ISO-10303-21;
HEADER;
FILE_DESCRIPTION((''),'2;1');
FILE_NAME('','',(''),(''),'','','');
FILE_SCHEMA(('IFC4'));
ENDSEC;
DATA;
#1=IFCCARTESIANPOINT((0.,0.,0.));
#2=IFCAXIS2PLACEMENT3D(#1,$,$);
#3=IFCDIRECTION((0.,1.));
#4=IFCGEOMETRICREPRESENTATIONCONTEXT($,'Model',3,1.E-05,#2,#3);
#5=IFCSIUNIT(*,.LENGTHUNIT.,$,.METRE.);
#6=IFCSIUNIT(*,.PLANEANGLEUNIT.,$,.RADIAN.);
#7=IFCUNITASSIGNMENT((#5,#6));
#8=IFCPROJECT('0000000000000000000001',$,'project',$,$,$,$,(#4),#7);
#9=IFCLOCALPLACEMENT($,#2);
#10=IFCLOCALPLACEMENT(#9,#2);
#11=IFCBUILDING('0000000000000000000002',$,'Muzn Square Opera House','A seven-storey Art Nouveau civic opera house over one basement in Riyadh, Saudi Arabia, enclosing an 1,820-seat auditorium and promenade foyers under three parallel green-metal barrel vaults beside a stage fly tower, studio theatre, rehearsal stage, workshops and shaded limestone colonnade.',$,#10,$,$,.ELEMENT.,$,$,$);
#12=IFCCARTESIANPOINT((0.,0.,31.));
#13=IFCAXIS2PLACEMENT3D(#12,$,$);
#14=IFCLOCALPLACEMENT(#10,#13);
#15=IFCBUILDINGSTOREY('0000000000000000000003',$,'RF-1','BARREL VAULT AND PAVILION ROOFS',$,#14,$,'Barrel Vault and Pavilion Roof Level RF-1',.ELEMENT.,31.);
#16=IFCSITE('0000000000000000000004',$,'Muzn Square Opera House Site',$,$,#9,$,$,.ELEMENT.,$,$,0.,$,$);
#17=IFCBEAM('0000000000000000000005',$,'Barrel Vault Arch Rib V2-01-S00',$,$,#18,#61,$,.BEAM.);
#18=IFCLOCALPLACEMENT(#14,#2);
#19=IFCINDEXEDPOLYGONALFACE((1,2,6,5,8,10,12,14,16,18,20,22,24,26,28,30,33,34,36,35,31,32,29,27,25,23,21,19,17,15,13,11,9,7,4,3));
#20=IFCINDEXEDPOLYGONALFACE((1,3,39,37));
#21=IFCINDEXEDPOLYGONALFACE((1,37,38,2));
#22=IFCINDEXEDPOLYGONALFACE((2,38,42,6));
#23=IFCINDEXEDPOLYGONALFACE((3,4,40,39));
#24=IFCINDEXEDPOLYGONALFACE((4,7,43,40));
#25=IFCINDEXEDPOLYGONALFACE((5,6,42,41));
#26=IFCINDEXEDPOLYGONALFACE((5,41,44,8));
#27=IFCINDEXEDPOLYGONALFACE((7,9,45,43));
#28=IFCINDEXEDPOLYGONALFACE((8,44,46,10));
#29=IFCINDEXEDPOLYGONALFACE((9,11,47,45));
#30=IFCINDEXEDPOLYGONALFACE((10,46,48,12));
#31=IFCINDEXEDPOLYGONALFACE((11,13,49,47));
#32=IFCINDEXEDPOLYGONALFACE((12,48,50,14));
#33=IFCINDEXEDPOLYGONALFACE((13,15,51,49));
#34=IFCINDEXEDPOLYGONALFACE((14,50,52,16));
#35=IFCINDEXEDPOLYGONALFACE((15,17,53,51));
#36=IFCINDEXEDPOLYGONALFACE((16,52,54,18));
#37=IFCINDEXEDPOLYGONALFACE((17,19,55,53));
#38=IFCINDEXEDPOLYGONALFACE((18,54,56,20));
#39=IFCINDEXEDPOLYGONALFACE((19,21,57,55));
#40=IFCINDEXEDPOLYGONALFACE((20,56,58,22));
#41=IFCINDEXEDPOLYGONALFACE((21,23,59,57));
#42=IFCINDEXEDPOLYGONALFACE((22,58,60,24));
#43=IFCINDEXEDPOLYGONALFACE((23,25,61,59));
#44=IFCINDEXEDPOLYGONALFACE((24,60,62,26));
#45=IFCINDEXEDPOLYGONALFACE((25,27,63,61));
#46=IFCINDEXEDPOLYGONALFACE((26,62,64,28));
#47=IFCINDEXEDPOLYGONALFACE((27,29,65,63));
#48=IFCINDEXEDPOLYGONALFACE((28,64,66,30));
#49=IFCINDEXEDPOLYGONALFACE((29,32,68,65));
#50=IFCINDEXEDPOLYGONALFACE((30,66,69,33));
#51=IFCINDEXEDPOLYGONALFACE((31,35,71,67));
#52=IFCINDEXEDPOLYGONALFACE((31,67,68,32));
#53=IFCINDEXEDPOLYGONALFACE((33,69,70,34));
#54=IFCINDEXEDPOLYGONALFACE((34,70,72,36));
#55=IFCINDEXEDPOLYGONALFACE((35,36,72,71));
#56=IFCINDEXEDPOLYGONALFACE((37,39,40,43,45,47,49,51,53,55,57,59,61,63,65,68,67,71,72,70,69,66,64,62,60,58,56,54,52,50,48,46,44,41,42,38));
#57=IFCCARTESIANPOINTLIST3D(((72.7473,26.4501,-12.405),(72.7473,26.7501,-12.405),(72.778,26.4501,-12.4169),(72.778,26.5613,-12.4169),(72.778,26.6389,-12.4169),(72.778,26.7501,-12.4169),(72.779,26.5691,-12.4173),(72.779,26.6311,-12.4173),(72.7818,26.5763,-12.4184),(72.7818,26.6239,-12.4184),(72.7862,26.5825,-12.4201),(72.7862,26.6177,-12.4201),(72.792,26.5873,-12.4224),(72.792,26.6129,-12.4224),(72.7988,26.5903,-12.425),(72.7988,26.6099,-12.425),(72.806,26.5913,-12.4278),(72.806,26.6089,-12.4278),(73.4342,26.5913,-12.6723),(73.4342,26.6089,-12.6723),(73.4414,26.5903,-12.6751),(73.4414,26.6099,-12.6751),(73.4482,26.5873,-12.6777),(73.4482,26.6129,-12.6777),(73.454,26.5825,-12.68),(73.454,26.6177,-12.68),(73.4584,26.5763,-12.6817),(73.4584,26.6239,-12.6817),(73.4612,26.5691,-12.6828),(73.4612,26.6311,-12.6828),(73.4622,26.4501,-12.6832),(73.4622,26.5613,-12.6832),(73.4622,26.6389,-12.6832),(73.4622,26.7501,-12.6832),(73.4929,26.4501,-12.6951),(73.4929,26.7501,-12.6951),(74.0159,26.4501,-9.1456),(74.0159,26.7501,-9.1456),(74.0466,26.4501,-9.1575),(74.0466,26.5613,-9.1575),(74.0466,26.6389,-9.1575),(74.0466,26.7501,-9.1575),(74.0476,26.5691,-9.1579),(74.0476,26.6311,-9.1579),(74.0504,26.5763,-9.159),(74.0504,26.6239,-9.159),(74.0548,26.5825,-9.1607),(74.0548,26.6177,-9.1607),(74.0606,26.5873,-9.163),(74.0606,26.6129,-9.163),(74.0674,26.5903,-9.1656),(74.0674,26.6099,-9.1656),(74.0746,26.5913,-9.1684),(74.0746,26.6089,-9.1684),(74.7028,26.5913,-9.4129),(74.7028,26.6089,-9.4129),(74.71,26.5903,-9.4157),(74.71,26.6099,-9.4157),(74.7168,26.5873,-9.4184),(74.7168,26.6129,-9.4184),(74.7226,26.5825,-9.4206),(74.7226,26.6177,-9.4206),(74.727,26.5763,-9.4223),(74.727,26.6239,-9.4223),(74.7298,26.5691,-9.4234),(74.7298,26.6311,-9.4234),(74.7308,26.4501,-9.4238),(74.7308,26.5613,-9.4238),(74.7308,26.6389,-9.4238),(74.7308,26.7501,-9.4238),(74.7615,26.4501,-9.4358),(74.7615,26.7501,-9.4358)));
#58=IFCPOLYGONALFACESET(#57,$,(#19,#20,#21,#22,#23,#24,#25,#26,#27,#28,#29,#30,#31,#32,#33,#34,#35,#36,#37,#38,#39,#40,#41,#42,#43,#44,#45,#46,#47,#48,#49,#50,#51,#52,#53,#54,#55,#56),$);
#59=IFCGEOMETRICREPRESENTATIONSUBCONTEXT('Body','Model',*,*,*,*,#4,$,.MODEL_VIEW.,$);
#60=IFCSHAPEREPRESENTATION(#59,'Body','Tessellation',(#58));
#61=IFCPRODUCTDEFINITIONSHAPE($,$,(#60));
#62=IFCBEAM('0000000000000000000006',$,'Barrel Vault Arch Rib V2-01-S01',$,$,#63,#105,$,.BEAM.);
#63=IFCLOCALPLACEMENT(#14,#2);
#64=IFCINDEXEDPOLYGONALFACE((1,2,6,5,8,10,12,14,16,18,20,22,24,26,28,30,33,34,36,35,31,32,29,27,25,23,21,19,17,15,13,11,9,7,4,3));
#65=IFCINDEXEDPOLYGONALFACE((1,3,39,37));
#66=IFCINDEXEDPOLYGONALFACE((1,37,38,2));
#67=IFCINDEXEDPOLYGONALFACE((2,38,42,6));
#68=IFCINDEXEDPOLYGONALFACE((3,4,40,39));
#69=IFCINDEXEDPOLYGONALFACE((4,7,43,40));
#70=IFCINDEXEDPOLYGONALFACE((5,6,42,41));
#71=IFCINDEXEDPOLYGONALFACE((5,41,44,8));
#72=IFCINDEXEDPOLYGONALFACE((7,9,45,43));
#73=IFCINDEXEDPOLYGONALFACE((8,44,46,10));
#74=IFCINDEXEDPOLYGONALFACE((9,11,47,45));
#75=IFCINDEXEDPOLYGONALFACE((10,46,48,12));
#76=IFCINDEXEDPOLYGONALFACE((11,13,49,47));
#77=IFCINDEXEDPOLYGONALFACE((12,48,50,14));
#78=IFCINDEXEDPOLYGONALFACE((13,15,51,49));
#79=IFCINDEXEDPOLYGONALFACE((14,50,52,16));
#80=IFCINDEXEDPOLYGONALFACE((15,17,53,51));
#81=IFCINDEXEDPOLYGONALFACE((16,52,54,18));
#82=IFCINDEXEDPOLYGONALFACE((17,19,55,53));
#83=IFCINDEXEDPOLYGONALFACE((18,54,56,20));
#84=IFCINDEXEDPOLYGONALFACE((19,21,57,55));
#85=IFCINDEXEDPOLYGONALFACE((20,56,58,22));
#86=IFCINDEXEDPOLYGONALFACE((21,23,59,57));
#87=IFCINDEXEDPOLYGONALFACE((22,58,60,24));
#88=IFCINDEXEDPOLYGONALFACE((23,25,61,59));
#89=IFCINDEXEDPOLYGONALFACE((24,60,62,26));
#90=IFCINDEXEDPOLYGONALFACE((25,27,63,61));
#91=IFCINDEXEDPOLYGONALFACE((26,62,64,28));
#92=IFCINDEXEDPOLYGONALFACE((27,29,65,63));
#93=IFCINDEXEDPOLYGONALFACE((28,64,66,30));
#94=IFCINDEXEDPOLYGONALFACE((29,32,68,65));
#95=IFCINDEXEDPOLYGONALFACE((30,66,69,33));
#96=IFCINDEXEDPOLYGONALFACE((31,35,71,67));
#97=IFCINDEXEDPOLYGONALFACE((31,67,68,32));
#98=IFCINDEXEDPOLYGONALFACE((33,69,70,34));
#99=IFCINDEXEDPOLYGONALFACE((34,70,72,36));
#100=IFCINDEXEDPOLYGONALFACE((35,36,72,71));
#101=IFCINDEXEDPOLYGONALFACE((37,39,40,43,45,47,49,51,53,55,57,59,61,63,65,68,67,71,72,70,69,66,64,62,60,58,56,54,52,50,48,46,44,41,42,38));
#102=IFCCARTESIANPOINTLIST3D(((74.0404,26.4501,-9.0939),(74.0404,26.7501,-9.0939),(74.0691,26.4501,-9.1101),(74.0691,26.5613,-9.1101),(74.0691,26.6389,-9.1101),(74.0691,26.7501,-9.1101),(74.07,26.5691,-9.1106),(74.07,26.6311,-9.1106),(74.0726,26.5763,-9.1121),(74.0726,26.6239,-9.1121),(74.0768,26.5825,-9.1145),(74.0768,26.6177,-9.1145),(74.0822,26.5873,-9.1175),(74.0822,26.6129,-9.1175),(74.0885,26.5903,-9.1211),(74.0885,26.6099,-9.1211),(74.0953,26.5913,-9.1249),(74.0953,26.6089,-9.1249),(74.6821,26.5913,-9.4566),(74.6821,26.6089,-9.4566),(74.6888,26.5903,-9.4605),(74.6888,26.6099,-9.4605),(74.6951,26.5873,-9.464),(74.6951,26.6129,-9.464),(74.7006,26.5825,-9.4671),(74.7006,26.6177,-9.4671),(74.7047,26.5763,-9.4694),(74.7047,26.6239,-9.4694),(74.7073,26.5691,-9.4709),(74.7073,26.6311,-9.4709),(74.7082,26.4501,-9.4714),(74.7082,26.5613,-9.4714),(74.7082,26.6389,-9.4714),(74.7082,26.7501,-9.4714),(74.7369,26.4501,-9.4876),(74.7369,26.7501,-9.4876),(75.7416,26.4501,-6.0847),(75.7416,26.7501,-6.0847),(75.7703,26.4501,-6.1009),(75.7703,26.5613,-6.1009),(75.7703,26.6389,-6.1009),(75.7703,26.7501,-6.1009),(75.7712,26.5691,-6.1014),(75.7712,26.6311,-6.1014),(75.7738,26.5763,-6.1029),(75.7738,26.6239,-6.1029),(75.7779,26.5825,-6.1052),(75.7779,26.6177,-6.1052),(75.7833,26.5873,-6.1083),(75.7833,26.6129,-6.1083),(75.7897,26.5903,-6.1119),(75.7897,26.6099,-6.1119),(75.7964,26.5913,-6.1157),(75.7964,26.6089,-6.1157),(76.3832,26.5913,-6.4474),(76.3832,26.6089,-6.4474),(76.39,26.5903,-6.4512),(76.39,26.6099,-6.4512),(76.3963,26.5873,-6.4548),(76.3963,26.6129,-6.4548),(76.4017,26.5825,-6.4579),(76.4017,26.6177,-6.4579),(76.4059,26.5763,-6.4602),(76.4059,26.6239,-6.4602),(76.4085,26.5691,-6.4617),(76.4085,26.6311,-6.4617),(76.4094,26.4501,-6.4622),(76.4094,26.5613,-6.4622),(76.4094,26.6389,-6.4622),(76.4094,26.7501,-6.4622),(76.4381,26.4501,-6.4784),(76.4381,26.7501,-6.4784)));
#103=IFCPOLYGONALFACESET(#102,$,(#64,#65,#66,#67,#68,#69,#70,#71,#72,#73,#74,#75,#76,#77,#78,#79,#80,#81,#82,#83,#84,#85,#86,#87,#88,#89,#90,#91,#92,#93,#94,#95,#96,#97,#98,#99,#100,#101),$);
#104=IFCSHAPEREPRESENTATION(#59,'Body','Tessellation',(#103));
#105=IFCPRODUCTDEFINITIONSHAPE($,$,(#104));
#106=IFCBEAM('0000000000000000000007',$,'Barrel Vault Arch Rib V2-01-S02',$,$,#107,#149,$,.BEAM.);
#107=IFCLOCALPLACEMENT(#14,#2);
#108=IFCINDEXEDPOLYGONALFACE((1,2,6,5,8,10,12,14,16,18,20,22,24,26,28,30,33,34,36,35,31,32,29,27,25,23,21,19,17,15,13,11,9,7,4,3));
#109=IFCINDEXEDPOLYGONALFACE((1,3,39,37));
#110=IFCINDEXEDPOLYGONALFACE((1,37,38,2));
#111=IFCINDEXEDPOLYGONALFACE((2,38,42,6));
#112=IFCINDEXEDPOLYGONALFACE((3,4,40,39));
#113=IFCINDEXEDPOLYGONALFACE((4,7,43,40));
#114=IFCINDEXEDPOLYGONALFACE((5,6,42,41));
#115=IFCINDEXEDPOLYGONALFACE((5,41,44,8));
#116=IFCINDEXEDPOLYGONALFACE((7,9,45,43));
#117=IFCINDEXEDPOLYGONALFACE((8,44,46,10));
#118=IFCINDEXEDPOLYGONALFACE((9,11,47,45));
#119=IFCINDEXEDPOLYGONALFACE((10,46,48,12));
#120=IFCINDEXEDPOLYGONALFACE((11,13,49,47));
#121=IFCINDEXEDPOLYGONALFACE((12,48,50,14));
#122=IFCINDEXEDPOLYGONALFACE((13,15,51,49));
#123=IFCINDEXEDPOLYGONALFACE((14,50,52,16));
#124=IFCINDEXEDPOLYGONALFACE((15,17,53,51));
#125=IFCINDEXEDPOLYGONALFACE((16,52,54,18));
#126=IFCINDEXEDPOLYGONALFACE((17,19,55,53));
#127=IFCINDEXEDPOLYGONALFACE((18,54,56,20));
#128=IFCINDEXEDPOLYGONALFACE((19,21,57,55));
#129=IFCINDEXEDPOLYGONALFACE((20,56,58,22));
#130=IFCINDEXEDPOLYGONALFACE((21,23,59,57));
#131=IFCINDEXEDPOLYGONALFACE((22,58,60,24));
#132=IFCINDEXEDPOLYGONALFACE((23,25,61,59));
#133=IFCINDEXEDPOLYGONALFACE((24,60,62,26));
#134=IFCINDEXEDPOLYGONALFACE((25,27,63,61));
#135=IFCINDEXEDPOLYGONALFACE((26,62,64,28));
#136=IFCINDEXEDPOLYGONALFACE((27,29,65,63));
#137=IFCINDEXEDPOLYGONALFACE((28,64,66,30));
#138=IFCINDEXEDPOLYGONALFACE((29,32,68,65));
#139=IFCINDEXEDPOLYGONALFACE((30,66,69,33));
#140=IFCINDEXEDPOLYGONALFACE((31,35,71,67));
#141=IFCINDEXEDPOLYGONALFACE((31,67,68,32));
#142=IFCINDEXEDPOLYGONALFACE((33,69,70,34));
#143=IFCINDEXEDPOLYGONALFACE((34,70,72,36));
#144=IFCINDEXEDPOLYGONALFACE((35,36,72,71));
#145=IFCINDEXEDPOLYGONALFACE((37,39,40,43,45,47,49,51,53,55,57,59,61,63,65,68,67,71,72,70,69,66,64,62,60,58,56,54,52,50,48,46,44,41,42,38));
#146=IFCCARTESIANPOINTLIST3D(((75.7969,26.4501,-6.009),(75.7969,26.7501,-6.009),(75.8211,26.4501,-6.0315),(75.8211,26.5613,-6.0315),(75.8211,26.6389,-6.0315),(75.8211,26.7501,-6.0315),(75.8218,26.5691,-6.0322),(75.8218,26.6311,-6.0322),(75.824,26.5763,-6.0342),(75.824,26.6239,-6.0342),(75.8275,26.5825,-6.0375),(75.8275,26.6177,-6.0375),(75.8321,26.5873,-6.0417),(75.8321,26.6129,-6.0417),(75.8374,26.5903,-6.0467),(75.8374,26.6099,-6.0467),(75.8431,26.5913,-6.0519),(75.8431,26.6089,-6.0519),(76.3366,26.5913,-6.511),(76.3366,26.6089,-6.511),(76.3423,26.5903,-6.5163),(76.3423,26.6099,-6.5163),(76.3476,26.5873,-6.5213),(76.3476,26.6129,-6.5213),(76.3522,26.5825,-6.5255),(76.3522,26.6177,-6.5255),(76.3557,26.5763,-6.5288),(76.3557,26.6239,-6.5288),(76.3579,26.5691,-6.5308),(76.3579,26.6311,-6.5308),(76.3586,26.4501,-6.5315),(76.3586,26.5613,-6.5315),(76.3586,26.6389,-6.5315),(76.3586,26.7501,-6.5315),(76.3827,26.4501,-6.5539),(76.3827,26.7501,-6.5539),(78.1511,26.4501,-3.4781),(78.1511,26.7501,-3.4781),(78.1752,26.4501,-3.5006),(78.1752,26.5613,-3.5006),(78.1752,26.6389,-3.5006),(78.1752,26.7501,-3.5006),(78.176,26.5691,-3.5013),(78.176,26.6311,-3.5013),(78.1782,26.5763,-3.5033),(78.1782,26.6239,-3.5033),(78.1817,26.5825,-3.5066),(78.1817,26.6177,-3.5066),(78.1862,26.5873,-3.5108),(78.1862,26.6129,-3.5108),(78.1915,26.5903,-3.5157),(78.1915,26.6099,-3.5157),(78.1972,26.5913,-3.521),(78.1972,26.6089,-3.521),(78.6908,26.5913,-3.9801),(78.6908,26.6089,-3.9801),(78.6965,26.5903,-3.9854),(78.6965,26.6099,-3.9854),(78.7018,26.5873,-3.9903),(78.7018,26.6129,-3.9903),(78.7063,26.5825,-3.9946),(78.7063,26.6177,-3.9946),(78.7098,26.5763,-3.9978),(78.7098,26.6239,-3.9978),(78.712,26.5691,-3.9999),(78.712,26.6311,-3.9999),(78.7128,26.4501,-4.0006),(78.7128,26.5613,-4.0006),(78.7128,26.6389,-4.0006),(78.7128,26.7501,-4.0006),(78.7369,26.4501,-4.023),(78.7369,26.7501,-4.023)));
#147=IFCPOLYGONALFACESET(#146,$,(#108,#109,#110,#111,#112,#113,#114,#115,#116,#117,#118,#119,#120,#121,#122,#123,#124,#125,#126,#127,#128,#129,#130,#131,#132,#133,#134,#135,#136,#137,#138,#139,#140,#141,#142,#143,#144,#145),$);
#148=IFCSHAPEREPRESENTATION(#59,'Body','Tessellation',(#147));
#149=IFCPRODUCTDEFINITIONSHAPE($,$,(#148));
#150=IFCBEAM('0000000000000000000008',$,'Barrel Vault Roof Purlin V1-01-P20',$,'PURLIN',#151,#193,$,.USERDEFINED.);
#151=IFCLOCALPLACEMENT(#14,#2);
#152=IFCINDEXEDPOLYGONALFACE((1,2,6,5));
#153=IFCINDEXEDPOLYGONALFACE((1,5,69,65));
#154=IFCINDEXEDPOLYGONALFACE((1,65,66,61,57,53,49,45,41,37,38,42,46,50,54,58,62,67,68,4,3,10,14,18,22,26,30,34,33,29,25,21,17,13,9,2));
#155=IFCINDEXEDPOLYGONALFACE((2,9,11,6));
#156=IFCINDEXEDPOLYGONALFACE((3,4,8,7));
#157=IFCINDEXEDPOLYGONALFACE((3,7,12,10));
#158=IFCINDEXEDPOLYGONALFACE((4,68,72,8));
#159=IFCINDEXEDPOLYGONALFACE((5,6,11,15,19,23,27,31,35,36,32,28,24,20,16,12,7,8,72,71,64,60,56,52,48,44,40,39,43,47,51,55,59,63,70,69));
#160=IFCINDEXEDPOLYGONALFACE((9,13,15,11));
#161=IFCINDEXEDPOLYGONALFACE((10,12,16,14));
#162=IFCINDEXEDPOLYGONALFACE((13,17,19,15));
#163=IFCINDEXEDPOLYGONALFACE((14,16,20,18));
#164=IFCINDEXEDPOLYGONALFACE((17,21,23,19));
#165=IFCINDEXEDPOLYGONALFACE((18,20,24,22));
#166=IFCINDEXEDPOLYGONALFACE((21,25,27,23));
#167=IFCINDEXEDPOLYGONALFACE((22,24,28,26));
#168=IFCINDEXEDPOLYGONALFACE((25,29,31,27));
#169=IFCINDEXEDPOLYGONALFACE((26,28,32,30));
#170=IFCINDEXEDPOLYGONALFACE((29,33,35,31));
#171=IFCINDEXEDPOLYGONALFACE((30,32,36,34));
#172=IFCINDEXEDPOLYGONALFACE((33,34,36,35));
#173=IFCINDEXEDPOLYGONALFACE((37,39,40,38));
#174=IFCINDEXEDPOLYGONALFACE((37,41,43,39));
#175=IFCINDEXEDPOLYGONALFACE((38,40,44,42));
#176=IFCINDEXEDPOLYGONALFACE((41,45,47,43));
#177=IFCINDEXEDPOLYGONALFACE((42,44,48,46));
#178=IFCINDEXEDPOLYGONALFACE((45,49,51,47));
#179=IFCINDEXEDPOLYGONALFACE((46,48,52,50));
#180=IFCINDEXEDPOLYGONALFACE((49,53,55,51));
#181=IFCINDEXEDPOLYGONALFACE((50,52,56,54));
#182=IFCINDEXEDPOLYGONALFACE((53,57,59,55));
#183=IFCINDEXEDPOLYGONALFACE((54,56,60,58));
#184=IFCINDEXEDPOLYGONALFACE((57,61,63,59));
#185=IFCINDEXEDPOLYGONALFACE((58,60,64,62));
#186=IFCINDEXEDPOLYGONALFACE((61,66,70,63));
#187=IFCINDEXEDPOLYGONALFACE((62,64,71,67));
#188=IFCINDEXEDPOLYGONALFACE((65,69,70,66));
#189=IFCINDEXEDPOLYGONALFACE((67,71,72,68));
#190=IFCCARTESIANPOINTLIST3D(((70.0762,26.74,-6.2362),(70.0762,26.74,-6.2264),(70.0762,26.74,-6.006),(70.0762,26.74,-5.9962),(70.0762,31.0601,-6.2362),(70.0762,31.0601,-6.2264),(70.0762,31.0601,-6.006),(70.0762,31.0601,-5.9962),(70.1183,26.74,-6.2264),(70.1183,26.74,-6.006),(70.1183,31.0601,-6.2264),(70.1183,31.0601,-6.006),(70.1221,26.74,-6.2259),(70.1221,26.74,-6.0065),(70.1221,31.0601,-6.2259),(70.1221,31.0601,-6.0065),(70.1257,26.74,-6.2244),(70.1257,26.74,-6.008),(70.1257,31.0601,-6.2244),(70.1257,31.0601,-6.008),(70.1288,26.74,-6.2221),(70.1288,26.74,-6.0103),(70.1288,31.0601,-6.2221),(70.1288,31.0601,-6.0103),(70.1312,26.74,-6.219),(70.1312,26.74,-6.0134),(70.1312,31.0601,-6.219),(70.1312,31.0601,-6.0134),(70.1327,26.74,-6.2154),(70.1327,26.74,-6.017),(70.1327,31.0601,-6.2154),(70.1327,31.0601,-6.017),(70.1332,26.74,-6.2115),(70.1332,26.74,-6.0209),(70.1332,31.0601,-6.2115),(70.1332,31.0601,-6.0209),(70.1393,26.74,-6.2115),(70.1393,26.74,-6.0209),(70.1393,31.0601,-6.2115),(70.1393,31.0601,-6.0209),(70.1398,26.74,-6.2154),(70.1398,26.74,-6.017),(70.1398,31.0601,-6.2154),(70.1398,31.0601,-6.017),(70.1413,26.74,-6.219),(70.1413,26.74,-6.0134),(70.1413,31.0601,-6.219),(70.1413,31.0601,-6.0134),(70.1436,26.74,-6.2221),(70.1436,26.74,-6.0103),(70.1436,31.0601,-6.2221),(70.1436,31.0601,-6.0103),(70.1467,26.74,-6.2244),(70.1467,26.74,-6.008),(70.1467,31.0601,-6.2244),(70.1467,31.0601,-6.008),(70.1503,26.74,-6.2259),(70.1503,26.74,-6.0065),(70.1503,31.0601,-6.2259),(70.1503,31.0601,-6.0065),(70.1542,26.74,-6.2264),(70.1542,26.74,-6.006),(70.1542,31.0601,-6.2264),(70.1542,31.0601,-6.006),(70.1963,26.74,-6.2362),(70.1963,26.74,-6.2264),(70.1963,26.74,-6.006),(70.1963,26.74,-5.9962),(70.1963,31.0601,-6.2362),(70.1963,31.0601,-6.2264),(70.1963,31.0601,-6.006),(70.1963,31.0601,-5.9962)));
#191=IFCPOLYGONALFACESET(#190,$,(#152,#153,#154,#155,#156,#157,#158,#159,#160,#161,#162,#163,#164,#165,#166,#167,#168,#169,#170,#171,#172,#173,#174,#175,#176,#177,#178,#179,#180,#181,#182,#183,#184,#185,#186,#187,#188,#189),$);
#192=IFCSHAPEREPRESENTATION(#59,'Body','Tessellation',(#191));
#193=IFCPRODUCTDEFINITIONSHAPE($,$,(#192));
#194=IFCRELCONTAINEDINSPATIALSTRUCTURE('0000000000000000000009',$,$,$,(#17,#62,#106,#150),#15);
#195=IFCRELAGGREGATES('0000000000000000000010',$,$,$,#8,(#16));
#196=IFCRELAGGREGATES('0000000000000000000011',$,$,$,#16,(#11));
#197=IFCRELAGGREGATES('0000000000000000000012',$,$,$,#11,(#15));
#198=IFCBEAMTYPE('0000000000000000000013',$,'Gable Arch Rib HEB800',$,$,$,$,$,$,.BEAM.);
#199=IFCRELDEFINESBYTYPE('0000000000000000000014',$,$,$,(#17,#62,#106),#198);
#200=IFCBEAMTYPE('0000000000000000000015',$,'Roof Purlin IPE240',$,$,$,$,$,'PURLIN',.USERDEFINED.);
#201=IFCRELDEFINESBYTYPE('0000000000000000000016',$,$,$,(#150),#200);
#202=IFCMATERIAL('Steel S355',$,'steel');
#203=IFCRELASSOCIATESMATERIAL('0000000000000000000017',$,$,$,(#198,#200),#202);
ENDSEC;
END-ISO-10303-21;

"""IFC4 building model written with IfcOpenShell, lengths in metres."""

from ifc_helpers import new_model, si_unit, direction, frame, origin, origin_2d, place, context, subcontext, project, spatial, i_section, extrude, material, material_profile, profile_set, type_object, element, save


model = new_model("IFC4")

# Units and contexts
model_context = context("Model", 3, precision=1e-05, world=origin(), true_north=direction((0.0, 1.0)))
body_context = subcontext(model_context, "Body", "Model", "MODEL_VIEW")
ifc_project = project(units=[si_unit("LENGTHUNIT", "METRE"), si_unit("PLANEANGLEUNIT", "RADIAN")], contexts=[model_context])

# Site, building, storey
site_placement = place(None, origin())
site = spatial("IfcSite", under=ifc_project, at=site_placement, Name="Muzn Square Opera House Site", CompositionType="ELEMENT", RefElevation=0.0)
building_placement = place(site_placement, origin())
building = spatial("IfcBuilding", under=site, at=building_placement, Name="Muzn Square Opera House", Description="A seven-storey Art Nouveau civic opera house over one basement in Riyadh, Saudi Arabia, enclosing an 1,820-seat auditorium and promenade foyers under three parallel green-metal barrel vaults beside a stage fly tower, studio theatre, rehearsal stage, workshops and shaded limestone colonnade.", CompositionType="ELEMENT")
storey_placement = place(building_placement, frame((0.0, 0.0, 31.0)))
storey = spatial("IfcBuildingStorey", under=building, at=storey_placement, Name="RF-1", Description="BARREL VAULT AND PAVILION ROOFS", LongName="Barrel Vault and Pavilion Roof Level RF-1", CompositionType="ELEMENT", Elevation=31.0)

# Beams
ifc_material_1 = material(Name="Steel S355", Category="steel")
ifc_material_profile_1 = material_profile(ifc_material_1, i_section(OverallWidth=0.3, OverallDepth=0.8, WebThickness=0.0176, FlangeThickness=0.033, FilletRadius=0.03, at=origin_2d()), Name="HEB 800", Category="steel")
ifc_profile_set_1 = profile_set([ifc_material_profile_1], Name="Steel S355")
beam_type_1 = type_object("IfcBeamType", Name="Gable Arch Rib HEB800", PredefinedType="BEAM", material=ifc_profile_set_1)
beam_1_placement = place(storey_placement, frame((73.1201, 26.6001, -12.55), z_axis=(0.362709, 0.0, 0.931902), x_axis=(0.0, 1.0, 0.0)))
element("IfcBeam", 1, at=beam_1_placement, inside=storey, type_object=beam_type_1, Name="Barrel Vault Arch Rib V2-01-S00", PredefinedType="BEAM", context=body_context, shape_type="SweptSolid", body=[
    extrude(i_section(OverallWidth=0.3, OverallDepth=0.8, WebThickness=0.0176, FlangeThickness=0.033, FilletRadius=0.03, at=origin_2d()), origin(), (0.0, 0.0, 1.0), 3.4976),
])
beam_2_placement = place(storey_placement, frame((74.3887, 26.6001, -9.2908), z_axis=(0.492118, 0.0, 0.870529), x_axis=(0.0, 1.0, 0.0)))
element("IfcBeam", 2, at=beam_2_placement, inside=storey, type_object=beam_type_1, Name="Barrel Vault Arch Rib V2-01-S01", PredefinedType="BEAM", context=body_context, shape_type="SweptSolid", body=[
    extrude(i_section(OverallWidth=0.3, OverallDepth=0.8, WebThickness=0.0176, FlangeThickness=0.033, FilletRadius=0.03, at=origin_2d()), origin(), (0.0, 0.0, 1.0), 3.4568),
])
beam_3_placement = place(storey_placement, frame((76.0898, 26.6001, -6.2815), z_axis=(0.681077, 0.0, 0.732212), x_axis=(0.0, 1.0, 0.0)))
element("IfcBeam", 3, at=beam_3_placement, inside=storey, type_object=beam_type_1, Name="Barrel Vault Arch Rib V2-01-S02", PredefinedType="BEAM", context=body_context, shape_type="SweptSolid", body=[
    extrude(i_section(OverallWidth=0.3, OverallDepth=0.8, WebThickness=0.0176, FlangeThickness=0.033, FilletRadius=0.03, at=origin_2d()), origin(), (0.0, 0.0, 1.0), 3.4565),
])
ifc_material_profile_2 = material_profile(ifc_material_1, i_section(OverallWidth=0.1201, OverallDepth=0.24, WebThickness=0.0061, FlangeThickness=0.0098, FilletRadius=0.0149, at=origin_2d()), Name="IPE 240", Category="steel")
ifc_profile_set_2 = profile_set([ifc_material_profile_2], Name="Steel S355")
beam_type_2 = type_object("IfcBeamType", Name="Roof Purlin IPE240", ElementType="PURLIN", PredefinedType="USERDEFINED", material=ifc_profile_set_2)
for number, where, z_axis, x_axis, name in (
    (4, (70.1362, 26.74, -6.1162), (0.0, 1.0, 0.0), (-1.0, 0.0, 0.0), "Barrel Vault Roof Purlin V1-01-P20"),
):
    element("IfcBeam", number, at=place(storey_placement, frame(where, z_axis=z_axis, x_axis=x_axis)), inside=storey, type_object=beam_type_2, Name=name, ObjectType="PURLIN", PredefinedType="USERDEFINED", context=body_context, shape_type="SweptSolid", body=[
        extrude(i_section(OverallWidth=0.1201, OverallDepth=0.24, WebThickness=0.0061, FlangeThickness=0.0098, FilletRadius=0.0149, at=origin_2d()), origin(), (0.0, 0.0, 1.0), 4.3201),
    ])

save(model, "model.ifc")
